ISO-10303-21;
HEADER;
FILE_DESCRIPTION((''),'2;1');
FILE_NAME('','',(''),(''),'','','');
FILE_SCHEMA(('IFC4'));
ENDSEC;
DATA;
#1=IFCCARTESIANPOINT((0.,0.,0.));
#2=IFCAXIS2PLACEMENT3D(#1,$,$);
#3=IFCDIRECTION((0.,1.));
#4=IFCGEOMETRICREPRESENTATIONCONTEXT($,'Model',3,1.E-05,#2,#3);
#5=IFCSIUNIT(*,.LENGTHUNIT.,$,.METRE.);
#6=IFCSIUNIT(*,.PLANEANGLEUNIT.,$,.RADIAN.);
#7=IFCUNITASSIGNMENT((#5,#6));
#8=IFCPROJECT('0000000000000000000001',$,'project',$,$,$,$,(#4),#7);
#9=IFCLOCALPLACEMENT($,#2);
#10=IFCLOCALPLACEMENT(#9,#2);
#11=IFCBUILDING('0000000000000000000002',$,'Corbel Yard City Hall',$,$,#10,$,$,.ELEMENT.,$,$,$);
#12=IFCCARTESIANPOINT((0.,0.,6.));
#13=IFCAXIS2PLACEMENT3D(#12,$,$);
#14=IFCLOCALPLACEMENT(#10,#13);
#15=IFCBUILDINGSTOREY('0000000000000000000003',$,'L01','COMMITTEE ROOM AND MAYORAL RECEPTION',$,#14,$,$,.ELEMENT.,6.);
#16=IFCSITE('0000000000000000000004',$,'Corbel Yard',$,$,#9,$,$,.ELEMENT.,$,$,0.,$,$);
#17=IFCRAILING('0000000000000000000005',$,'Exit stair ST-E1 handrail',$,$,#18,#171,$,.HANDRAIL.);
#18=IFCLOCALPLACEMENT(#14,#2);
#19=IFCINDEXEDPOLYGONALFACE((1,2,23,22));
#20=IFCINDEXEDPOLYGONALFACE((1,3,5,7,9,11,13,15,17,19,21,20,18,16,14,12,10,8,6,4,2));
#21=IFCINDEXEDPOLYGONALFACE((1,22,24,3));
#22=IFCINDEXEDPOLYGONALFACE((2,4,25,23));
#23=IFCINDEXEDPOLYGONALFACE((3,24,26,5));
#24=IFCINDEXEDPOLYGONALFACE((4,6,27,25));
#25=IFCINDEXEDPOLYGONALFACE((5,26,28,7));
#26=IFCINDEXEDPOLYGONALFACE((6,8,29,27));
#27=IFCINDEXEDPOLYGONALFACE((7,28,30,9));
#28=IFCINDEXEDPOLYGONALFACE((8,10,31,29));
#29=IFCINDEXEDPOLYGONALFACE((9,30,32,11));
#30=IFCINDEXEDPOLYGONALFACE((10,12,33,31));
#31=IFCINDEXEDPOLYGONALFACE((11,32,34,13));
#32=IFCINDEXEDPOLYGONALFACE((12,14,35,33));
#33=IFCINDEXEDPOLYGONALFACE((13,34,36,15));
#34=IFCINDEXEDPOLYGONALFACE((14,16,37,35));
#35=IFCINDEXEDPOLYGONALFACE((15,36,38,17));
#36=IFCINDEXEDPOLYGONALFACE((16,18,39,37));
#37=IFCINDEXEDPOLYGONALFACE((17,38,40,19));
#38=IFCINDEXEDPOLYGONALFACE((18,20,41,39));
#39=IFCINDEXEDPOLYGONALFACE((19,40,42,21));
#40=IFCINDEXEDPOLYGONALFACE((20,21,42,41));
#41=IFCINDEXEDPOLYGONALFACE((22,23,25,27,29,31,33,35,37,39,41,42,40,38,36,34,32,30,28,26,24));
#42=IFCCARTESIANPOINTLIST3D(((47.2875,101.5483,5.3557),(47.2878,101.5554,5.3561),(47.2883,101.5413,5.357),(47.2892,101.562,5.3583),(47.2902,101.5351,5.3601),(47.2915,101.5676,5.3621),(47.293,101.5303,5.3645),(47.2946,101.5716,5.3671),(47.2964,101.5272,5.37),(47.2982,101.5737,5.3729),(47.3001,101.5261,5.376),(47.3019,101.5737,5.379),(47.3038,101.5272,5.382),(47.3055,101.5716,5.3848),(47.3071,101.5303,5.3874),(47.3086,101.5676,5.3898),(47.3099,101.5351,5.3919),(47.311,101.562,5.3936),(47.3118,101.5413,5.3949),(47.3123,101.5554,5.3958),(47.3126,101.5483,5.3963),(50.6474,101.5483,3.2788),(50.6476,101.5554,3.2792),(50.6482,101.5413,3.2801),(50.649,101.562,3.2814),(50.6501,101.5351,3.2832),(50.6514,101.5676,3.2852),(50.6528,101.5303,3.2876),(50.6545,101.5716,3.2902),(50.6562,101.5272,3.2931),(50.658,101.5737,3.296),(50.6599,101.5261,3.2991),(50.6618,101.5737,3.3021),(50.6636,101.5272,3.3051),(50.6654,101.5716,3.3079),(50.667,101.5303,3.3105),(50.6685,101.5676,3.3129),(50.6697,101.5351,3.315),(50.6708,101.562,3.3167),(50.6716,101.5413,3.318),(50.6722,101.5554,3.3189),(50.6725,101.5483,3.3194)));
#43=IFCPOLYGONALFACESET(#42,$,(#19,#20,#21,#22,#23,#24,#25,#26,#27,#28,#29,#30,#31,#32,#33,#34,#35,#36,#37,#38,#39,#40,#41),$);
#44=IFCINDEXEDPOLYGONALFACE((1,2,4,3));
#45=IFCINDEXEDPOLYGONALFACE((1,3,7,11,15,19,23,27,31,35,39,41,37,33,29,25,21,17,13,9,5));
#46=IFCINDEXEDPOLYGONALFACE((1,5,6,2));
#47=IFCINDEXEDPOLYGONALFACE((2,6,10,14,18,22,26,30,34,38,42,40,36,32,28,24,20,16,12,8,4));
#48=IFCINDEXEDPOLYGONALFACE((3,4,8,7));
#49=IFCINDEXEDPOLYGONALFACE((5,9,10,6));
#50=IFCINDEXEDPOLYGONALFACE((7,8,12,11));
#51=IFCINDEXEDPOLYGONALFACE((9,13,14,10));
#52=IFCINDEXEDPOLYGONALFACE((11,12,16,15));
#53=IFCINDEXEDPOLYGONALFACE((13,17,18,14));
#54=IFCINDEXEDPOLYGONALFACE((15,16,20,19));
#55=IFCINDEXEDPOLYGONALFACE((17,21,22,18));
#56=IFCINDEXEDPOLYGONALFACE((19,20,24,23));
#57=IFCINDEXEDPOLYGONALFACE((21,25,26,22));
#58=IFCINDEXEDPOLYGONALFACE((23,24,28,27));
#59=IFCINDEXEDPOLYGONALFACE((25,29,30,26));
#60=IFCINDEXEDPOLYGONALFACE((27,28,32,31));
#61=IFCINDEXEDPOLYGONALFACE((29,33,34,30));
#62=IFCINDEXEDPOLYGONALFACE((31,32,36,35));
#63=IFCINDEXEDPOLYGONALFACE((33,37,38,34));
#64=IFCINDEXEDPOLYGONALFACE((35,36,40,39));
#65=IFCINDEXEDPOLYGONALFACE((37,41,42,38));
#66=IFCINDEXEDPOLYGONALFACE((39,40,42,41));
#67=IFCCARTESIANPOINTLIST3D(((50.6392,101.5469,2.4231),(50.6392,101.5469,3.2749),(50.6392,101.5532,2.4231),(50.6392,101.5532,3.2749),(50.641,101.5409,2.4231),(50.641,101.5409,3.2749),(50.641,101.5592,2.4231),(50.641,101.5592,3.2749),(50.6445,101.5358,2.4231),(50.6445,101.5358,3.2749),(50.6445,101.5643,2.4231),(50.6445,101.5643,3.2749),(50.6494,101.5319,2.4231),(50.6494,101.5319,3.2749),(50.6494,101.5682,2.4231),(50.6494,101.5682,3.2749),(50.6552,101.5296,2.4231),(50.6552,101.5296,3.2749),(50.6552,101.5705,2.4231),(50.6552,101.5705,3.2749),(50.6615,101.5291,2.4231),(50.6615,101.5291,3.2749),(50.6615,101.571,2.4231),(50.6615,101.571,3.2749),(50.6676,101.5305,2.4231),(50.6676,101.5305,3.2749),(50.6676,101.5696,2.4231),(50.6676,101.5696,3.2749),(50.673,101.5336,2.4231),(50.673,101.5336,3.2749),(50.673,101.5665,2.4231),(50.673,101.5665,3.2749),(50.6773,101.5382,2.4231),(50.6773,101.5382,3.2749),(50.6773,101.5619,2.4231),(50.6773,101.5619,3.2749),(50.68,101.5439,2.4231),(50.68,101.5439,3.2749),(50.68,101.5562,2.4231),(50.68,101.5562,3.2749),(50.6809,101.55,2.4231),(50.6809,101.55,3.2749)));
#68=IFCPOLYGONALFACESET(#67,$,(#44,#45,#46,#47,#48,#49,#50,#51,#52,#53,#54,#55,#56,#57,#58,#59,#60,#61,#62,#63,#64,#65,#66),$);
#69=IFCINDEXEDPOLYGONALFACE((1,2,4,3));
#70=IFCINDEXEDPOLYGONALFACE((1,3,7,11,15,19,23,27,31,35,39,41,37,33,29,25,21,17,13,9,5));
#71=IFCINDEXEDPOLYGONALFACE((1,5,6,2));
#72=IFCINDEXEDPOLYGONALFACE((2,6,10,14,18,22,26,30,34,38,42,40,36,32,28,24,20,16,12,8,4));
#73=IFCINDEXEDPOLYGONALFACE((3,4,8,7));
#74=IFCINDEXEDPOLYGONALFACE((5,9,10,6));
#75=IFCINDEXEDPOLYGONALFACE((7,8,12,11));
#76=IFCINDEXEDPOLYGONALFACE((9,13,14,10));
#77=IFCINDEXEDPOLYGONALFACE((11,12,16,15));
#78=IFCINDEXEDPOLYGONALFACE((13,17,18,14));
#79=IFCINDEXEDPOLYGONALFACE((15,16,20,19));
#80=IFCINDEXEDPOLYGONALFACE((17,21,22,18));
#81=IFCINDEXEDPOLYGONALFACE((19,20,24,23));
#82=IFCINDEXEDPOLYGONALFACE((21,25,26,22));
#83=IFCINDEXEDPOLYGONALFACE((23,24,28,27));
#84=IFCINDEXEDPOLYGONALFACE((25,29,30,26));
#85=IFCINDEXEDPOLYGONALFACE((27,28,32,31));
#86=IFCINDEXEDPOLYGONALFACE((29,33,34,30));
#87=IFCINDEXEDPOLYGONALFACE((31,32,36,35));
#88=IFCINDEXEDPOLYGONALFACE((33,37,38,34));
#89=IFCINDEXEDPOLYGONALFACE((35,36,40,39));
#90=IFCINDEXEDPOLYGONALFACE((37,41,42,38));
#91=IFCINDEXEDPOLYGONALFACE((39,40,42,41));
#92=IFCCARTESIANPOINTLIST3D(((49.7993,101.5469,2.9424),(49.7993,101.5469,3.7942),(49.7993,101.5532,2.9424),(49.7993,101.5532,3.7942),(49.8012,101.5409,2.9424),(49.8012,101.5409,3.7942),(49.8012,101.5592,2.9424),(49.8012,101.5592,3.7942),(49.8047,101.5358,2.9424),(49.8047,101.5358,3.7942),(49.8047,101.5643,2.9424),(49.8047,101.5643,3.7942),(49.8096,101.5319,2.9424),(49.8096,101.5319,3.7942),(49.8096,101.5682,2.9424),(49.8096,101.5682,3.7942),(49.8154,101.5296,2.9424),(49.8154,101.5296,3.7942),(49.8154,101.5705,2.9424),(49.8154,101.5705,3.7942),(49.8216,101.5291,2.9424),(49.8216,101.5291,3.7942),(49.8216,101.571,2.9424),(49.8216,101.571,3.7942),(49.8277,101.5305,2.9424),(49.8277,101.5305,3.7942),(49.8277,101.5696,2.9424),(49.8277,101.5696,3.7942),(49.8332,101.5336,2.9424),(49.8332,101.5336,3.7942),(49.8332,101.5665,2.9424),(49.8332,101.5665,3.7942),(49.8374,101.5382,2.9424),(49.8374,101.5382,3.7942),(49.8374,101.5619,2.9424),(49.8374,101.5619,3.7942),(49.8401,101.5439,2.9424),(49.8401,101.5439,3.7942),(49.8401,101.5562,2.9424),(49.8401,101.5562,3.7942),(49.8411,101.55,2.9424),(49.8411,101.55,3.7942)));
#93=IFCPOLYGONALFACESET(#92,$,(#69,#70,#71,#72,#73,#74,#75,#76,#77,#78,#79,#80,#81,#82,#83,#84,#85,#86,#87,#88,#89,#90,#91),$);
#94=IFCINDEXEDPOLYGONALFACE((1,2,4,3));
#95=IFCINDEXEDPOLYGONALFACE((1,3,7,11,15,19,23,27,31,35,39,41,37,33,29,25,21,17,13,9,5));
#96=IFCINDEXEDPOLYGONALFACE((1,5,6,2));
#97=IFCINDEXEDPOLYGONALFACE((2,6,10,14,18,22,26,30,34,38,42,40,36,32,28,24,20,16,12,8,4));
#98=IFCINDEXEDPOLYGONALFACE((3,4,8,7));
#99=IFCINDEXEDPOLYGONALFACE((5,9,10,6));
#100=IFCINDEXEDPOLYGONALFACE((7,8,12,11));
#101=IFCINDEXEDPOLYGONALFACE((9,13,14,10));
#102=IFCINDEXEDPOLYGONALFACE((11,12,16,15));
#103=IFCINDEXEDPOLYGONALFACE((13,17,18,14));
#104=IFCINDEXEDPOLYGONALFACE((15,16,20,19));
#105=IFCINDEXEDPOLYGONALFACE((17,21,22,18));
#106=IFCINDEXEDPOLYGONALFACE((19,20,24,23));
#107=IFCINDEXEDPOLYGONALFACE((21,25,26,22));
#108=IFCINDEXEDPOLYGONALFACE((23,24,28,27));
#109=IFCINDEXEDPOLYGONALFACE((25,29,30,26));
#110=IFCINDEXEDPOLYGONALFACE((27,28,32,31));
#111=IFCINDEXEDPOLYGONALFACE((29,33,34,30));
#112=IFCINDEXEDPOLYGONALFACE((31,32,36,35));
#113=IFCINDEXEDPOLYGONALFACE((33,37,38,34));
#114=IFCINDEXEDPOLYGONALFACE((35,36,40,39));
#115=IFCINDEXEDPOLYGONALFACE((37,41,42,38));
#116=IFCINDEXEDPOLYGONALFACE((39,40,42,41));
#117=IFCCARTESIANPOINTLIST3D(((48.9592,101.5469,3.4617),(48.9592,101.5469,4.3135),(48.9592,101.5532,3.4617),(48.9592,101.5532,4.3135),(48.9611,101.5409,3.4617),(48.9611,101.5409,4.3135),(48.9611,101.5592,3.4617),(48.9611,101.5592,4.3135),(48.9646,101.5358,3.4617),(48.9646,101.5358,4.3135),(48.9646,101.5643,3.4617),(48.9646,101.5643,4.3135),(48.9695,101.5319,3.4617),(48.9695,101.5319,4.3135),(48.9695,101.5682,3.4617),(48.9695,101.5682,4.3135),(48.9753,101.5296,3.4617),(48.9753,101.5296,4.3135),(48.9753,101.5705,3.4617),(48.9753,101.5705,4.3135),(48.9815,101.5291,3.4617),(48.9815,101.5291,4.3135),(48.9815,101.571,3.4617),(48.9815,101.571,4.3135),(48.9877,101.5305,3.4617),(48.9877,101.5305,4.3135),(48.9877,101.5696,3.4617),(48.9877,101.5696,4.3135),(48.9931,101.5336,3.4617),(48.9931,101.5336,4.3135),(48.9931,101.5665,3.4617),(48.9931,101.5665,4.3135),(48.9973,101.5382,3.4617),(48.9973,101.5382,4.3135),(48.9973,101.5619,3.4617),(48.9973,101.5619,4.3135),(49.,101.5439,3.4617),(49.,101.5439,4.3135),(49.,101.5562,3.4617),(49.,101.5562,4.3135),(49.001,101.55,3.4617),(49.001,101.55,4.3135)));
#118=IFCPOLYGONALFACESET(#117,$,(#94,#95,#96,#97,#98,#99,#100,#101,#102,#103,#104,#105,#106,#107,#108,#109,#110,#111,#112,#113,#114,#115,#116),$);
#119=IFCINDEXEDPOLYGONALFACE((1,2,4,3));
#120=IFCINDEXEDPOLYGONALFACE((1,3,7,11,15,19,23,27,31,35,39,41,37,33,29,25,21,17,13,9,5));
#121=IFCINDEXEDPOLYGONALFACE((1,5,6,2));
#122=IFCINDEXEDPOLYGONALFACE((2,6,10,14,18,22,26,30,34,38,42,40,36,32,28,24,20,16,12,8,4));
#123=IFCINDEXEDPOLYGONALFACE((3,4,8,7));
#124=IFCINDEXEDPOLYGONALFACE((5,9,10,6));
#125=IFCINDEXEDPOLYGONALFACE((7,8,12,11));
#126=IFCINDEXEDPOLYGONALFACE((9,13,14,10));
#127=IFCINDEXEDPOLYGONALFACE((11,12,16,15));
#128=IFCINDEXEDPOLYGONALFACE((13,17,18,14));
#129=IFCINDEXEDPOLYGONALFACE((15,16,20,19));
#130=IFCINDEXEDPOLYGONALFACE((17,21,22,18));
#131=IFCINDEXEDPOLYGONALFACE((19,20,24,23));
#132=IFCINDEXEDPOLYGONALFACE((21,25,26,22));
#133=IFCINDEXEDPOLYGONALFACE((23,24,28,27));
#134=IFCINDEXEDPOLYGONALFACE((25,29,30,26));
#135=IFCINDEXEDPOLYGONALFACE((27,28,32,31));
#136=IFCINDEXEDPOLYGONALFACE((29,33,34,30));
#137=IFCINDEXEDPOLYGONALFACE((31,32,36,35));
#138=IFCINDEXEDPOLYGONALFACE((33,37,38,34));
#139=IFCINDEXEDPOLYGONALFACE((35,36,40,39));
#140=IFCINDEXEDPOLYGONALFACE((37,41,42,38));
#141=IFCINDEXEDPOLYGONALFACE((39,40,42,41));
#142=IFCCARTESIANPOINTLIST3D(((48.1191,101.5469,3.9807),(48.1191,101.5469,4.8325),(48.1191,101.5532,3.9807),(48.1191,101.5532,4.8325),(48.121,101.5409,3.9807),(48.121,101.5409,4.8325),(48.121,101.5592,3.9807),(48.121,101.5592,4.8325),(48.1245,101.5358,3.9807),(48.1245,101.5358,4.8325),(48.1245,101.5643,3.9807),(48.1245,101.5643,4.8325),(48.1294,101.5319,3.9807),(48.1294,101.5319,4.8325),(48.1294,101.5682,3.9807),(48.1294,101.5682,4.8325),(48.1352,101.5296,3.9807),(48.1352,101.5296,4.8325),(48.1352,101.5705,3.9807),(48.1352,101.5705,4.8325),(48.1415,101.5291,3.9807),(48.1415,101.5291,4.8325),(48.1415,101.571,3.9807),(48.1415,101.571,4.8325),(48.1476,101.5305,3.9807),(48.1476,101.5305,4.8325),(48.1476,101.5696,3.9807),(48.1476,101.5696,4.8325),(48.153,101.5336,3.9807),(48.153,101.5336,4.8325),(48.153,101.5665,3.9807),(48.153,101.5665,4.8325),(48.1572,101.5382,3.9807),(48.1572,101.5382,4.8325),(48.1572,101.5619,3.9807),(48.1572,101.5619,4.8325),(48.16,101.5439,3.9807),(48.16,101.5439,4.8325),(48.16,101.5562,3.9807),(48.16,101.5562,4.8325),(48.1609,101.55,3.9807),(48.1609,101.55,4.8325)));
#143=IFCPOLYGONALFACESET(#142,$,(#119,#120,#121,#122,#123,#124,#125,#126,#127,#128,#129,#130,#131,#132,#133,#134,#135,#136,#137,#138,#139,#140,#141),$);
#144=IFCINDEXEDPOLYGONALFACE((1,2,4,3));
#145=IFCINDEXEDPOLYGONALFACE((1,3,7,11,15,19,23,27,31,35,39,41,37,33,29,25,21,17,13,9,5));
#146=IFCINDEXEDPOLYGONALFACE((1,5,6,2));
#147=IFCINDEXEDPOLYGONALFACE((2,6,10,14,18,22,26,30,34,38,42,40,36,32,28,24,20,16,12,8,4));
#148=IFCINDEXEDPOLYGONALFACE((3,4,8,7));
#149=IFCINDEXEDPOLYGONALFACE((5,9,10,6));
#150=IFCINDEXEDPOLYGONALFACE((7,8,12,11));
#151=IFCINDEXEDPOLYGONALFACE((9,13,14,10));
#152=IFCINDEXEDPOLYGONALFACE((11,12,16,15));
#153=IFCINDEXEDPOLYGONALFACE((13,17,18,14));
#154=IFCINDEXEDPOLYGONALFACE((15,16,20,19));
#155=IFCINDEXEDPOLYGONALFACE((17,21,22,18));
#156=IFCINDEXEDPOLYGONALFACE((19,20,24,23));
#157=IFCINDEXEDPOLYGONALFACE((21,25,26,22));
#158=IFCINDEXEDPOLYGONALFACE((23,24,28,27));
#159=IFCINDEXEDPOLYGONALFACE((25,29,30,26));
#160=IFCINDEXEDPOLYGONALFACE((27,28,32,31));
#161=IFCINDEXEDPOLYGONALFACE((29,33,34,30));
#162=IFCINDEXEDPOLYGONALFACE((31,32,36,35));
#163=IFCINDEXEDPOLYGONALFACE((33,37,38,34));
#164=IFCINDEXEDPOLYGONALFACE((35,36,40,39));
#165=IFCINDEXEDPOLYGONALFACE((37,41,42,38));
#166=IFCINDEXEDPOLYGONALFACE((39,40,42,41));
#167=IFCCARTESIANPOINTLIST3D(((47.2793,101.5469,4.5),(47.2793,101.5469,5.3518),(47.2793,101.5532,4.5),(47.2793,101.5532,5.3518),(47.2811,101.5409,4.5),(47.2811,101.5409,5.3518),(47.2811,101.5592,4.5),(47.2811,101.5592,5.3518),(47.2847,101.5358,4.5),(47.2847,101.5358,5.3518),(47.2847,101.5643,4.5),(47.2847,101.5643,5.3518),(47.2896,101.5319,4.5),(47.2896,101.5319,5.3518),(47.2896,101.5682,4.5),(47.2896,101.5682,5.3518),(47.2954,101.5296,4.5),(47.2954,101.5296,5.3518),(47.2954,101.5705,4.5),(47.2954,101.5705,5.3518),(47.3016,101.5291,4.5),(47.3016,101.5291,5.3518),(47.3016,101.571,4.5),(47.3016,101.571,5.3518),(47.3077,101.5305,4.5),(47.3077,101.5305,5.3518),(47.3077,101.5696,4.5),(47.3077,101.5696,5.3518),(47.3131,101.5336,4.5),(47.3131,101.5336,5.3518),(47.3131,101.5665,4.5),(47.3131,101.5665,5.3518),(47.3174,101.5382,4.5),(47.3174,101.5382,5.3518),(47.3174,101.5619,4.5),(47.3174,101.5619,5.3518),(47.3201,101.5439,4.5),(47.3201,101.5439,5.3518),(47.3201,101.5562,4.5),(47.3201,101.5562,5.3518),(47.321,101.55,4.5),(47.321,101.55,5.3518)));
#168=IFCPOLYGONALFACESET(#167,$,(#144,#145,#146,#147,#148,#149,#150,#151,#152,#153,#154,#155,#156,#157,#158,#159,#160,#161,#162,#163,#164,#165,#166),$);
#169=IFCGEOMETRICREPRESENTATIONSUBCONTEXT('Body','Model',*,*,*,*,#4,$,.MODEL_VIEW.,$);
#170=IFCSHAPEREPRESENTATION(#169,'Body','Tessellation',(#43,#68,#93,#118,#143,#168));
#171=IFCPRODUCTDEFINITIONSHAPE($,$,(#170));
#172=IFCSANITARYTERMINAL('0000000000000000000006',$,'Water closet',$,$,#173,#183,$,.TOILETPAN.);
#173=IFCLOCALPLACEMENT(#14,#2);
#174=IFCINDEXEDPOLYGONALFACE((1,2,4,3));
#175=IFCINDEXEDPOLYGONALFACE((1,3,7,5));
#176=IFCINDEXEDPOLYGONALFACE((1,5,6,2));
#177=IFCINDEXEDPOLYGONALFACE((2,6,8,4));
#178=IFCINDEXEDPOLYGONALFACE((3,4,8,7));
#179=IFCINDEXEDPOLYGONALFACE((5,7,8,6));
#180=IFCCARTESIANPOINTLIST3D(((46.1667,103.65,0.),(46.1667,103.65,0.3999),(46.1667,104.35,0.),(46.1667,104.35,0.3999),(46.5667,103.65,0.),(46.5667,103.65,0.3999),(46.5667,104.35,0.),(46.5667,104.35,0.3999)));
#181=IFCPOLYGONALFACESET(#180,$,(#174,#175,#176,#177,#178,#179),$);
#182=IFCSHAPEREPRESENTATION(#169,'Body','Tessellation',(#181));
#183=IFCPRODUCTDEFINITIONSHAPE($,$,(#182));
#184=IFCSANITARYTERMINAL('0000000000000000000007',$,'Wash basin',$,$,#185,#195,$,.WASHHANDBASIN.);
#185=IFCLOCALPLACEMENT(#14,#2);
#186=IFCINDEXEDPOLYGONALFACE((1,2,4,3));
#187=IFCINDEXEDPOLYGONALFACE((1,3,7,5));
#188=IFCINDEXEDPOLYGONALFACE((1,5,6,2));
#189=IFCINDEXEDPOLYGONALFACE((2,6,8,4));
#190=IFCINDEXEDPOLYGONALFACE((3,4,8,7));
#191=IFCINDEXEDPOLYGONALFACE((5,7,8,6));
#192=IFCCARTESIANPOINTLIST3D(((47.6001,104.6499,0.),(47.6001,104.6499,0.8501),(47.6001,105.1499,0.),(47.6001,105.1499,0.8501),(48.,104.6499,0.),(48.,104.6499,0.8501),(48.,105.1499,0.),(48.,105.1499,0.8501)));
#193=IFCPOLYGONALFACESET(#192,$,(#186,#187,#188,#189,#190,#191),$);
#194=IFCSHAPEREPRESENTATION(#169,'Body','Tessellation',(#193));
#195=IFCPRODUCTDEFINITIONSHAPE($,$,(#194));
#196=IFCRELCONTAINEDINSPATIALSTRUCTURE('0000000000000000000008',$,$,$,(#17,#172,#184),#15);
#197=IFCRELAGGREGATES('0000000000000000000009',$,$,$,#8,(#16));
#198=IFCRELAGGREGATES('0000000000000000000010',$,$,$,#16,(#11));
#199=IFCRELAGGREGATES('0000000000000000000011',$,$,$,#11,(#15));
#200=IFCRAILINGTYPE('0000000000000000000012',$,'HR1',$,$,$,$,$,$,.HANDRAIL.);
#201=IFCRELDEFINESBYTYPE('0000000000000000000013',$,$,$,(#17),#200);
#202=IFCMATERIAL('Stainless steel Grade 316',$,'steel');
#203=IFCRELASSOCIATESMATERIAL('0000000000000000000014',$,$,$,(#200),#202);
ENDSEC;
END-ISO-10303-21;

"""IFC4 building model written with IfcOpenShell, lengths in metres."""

from ifc_helpers import new_model, si_unit, direction, frame, origin, origin_2d, place, context, subcontext, project, spatial, rectangle, circle, extrude, material, type_object, element, save


model = new_model("IFC4")

# Units and contexts
model_context = context("Model", 3, precision=1e-05, world=origin(), true_north=direction((0.0, 1.0)))
body_context = subcontext(model_context, "Body", "Model", "MODEL_VIEW")
ifc_project = project(units=[si_unit("LENGTHUNIT", "METRE"), si_unit("PLANEANGLEUNIT", "RADIAN")], contexts=[model_context])

# Site, building, storey
site_placement = place(None, origin())
site = spatial("IfcSite", under=ifc_project, at=site_placement, Name="Corbel Yard", CompositionType="ELEMENT", RefElevation=0.0)
building_placement = place(site_placement, origin())
building = spatial("IfcBuilding", under=site, at=building_placement, Name="Corbel Yard City Hall", CompositionType="ELEMENT")
storey_placement = place(building_placement, frame((0.0, 0.0, 6.0)))
storey = spatial("IfcBuildingStorey", under=building, at=storey_placement, Name="L01", Description="COMMITTEE ROOM AND MAYORAL RECEPTION", CompositionType="ELEMENT", Elevation=6.0)

# Shared definitions
ifc_material_1 = material(Name="Stainless steel Grade 316", Category="steel")

# Railing
railing_type = type_object("IfcRailingType", Name="HR1", PredefinedType="HANDRAIL", material=ifc_material_1)
railing_placement = place(storey_placement, frame((50.6599, 101.55, 2.4231)))
element("IfcRailing", 1, at=railing_placement, inside=storey, type_object=railing_type, Name="Exit stair ST-E1 handrail", PredefinedType="HANDRAIL", context=body_context, shape_type="SweptSolid", body=[
    extrude(circle(Radius=0.0239, at=origin_2d()), frame((0.0, 0.0, 0.876), z_axis=(-0.850606, 0.0, 0.525803), x_axis=(0.0, -1.0, 0.0)), (0.0, 0.0, 1.0), 3.95),
    extrude(circle(Radius=0.021, at=origin_2d()), origin(), (0.0, 0.0, 1.0), 0.8518),
    extrude(circle(Radius=0.021, at=origin_2d()), frame((-0.8398, 0.0, 0.5193)), (0.0, 0.0, 1.0), 0.8518),
    extrude(circle(Radius=0.021, at=origin_2d()), frame((-1.6799, 0.0, 1.0386)), (0.0, 0.0, 1.0), 0.8518),
    extrude(circle(Radius=0.021, at=origin_2d()), frame((-2.52, 0.0, 1.5576)), (0.0, 0.0, 1.0), 0.8518),
    extrude(circle(Radius=0.021, at=origin_2d()), frame((-3.3599, 0.0, 2.0769)), (0.0, 0.0, 1.0), 0.8518),
])

# Sanitary terminals
sanitary_terminal_1_placement = place(storey_placement, frame((46.3667, 104.0, 0.0), z_axis=(0.0, 0.0, 1.0), x_axis=(1.0, 0.0, 0.0)))
element("IfcSanitaryTerminal", 2, at=sanitary_terminal_1_placement, inside=storey, Name="Water closet", PredefinedType="TOILETPAN", context=body_context, shape_type="SweptSolid", body=[
    extrude(rectangle(XDim=0.3999, YDim=0.7, at=origin_2d()), origin(), (0.0, 0.0, 1.0), 0.3999),
])
sanitary_terminal_2_placement = place(storey_placement, frame((47.8, 104.8999, 0.0), z_axis=(0.0, 0.0, 1.0), x_axis=(1.0, 0.0, 0.0)))
element("IfcSanitaryTerminal", 3, at=sanitary_terminal_2_placement, inside=storey, Name="Wash basin", PredefinedType="WASHHANDBASIN", context=body_context, shape_type="SweptSolid", body=[
    extrude(rectangle(XDim=0.3999, YDim=0.5, at=origin_2d()), origin(), (0.0, 0.0, 1.0), 0.8501),
])

save(model, "model.ifc")
